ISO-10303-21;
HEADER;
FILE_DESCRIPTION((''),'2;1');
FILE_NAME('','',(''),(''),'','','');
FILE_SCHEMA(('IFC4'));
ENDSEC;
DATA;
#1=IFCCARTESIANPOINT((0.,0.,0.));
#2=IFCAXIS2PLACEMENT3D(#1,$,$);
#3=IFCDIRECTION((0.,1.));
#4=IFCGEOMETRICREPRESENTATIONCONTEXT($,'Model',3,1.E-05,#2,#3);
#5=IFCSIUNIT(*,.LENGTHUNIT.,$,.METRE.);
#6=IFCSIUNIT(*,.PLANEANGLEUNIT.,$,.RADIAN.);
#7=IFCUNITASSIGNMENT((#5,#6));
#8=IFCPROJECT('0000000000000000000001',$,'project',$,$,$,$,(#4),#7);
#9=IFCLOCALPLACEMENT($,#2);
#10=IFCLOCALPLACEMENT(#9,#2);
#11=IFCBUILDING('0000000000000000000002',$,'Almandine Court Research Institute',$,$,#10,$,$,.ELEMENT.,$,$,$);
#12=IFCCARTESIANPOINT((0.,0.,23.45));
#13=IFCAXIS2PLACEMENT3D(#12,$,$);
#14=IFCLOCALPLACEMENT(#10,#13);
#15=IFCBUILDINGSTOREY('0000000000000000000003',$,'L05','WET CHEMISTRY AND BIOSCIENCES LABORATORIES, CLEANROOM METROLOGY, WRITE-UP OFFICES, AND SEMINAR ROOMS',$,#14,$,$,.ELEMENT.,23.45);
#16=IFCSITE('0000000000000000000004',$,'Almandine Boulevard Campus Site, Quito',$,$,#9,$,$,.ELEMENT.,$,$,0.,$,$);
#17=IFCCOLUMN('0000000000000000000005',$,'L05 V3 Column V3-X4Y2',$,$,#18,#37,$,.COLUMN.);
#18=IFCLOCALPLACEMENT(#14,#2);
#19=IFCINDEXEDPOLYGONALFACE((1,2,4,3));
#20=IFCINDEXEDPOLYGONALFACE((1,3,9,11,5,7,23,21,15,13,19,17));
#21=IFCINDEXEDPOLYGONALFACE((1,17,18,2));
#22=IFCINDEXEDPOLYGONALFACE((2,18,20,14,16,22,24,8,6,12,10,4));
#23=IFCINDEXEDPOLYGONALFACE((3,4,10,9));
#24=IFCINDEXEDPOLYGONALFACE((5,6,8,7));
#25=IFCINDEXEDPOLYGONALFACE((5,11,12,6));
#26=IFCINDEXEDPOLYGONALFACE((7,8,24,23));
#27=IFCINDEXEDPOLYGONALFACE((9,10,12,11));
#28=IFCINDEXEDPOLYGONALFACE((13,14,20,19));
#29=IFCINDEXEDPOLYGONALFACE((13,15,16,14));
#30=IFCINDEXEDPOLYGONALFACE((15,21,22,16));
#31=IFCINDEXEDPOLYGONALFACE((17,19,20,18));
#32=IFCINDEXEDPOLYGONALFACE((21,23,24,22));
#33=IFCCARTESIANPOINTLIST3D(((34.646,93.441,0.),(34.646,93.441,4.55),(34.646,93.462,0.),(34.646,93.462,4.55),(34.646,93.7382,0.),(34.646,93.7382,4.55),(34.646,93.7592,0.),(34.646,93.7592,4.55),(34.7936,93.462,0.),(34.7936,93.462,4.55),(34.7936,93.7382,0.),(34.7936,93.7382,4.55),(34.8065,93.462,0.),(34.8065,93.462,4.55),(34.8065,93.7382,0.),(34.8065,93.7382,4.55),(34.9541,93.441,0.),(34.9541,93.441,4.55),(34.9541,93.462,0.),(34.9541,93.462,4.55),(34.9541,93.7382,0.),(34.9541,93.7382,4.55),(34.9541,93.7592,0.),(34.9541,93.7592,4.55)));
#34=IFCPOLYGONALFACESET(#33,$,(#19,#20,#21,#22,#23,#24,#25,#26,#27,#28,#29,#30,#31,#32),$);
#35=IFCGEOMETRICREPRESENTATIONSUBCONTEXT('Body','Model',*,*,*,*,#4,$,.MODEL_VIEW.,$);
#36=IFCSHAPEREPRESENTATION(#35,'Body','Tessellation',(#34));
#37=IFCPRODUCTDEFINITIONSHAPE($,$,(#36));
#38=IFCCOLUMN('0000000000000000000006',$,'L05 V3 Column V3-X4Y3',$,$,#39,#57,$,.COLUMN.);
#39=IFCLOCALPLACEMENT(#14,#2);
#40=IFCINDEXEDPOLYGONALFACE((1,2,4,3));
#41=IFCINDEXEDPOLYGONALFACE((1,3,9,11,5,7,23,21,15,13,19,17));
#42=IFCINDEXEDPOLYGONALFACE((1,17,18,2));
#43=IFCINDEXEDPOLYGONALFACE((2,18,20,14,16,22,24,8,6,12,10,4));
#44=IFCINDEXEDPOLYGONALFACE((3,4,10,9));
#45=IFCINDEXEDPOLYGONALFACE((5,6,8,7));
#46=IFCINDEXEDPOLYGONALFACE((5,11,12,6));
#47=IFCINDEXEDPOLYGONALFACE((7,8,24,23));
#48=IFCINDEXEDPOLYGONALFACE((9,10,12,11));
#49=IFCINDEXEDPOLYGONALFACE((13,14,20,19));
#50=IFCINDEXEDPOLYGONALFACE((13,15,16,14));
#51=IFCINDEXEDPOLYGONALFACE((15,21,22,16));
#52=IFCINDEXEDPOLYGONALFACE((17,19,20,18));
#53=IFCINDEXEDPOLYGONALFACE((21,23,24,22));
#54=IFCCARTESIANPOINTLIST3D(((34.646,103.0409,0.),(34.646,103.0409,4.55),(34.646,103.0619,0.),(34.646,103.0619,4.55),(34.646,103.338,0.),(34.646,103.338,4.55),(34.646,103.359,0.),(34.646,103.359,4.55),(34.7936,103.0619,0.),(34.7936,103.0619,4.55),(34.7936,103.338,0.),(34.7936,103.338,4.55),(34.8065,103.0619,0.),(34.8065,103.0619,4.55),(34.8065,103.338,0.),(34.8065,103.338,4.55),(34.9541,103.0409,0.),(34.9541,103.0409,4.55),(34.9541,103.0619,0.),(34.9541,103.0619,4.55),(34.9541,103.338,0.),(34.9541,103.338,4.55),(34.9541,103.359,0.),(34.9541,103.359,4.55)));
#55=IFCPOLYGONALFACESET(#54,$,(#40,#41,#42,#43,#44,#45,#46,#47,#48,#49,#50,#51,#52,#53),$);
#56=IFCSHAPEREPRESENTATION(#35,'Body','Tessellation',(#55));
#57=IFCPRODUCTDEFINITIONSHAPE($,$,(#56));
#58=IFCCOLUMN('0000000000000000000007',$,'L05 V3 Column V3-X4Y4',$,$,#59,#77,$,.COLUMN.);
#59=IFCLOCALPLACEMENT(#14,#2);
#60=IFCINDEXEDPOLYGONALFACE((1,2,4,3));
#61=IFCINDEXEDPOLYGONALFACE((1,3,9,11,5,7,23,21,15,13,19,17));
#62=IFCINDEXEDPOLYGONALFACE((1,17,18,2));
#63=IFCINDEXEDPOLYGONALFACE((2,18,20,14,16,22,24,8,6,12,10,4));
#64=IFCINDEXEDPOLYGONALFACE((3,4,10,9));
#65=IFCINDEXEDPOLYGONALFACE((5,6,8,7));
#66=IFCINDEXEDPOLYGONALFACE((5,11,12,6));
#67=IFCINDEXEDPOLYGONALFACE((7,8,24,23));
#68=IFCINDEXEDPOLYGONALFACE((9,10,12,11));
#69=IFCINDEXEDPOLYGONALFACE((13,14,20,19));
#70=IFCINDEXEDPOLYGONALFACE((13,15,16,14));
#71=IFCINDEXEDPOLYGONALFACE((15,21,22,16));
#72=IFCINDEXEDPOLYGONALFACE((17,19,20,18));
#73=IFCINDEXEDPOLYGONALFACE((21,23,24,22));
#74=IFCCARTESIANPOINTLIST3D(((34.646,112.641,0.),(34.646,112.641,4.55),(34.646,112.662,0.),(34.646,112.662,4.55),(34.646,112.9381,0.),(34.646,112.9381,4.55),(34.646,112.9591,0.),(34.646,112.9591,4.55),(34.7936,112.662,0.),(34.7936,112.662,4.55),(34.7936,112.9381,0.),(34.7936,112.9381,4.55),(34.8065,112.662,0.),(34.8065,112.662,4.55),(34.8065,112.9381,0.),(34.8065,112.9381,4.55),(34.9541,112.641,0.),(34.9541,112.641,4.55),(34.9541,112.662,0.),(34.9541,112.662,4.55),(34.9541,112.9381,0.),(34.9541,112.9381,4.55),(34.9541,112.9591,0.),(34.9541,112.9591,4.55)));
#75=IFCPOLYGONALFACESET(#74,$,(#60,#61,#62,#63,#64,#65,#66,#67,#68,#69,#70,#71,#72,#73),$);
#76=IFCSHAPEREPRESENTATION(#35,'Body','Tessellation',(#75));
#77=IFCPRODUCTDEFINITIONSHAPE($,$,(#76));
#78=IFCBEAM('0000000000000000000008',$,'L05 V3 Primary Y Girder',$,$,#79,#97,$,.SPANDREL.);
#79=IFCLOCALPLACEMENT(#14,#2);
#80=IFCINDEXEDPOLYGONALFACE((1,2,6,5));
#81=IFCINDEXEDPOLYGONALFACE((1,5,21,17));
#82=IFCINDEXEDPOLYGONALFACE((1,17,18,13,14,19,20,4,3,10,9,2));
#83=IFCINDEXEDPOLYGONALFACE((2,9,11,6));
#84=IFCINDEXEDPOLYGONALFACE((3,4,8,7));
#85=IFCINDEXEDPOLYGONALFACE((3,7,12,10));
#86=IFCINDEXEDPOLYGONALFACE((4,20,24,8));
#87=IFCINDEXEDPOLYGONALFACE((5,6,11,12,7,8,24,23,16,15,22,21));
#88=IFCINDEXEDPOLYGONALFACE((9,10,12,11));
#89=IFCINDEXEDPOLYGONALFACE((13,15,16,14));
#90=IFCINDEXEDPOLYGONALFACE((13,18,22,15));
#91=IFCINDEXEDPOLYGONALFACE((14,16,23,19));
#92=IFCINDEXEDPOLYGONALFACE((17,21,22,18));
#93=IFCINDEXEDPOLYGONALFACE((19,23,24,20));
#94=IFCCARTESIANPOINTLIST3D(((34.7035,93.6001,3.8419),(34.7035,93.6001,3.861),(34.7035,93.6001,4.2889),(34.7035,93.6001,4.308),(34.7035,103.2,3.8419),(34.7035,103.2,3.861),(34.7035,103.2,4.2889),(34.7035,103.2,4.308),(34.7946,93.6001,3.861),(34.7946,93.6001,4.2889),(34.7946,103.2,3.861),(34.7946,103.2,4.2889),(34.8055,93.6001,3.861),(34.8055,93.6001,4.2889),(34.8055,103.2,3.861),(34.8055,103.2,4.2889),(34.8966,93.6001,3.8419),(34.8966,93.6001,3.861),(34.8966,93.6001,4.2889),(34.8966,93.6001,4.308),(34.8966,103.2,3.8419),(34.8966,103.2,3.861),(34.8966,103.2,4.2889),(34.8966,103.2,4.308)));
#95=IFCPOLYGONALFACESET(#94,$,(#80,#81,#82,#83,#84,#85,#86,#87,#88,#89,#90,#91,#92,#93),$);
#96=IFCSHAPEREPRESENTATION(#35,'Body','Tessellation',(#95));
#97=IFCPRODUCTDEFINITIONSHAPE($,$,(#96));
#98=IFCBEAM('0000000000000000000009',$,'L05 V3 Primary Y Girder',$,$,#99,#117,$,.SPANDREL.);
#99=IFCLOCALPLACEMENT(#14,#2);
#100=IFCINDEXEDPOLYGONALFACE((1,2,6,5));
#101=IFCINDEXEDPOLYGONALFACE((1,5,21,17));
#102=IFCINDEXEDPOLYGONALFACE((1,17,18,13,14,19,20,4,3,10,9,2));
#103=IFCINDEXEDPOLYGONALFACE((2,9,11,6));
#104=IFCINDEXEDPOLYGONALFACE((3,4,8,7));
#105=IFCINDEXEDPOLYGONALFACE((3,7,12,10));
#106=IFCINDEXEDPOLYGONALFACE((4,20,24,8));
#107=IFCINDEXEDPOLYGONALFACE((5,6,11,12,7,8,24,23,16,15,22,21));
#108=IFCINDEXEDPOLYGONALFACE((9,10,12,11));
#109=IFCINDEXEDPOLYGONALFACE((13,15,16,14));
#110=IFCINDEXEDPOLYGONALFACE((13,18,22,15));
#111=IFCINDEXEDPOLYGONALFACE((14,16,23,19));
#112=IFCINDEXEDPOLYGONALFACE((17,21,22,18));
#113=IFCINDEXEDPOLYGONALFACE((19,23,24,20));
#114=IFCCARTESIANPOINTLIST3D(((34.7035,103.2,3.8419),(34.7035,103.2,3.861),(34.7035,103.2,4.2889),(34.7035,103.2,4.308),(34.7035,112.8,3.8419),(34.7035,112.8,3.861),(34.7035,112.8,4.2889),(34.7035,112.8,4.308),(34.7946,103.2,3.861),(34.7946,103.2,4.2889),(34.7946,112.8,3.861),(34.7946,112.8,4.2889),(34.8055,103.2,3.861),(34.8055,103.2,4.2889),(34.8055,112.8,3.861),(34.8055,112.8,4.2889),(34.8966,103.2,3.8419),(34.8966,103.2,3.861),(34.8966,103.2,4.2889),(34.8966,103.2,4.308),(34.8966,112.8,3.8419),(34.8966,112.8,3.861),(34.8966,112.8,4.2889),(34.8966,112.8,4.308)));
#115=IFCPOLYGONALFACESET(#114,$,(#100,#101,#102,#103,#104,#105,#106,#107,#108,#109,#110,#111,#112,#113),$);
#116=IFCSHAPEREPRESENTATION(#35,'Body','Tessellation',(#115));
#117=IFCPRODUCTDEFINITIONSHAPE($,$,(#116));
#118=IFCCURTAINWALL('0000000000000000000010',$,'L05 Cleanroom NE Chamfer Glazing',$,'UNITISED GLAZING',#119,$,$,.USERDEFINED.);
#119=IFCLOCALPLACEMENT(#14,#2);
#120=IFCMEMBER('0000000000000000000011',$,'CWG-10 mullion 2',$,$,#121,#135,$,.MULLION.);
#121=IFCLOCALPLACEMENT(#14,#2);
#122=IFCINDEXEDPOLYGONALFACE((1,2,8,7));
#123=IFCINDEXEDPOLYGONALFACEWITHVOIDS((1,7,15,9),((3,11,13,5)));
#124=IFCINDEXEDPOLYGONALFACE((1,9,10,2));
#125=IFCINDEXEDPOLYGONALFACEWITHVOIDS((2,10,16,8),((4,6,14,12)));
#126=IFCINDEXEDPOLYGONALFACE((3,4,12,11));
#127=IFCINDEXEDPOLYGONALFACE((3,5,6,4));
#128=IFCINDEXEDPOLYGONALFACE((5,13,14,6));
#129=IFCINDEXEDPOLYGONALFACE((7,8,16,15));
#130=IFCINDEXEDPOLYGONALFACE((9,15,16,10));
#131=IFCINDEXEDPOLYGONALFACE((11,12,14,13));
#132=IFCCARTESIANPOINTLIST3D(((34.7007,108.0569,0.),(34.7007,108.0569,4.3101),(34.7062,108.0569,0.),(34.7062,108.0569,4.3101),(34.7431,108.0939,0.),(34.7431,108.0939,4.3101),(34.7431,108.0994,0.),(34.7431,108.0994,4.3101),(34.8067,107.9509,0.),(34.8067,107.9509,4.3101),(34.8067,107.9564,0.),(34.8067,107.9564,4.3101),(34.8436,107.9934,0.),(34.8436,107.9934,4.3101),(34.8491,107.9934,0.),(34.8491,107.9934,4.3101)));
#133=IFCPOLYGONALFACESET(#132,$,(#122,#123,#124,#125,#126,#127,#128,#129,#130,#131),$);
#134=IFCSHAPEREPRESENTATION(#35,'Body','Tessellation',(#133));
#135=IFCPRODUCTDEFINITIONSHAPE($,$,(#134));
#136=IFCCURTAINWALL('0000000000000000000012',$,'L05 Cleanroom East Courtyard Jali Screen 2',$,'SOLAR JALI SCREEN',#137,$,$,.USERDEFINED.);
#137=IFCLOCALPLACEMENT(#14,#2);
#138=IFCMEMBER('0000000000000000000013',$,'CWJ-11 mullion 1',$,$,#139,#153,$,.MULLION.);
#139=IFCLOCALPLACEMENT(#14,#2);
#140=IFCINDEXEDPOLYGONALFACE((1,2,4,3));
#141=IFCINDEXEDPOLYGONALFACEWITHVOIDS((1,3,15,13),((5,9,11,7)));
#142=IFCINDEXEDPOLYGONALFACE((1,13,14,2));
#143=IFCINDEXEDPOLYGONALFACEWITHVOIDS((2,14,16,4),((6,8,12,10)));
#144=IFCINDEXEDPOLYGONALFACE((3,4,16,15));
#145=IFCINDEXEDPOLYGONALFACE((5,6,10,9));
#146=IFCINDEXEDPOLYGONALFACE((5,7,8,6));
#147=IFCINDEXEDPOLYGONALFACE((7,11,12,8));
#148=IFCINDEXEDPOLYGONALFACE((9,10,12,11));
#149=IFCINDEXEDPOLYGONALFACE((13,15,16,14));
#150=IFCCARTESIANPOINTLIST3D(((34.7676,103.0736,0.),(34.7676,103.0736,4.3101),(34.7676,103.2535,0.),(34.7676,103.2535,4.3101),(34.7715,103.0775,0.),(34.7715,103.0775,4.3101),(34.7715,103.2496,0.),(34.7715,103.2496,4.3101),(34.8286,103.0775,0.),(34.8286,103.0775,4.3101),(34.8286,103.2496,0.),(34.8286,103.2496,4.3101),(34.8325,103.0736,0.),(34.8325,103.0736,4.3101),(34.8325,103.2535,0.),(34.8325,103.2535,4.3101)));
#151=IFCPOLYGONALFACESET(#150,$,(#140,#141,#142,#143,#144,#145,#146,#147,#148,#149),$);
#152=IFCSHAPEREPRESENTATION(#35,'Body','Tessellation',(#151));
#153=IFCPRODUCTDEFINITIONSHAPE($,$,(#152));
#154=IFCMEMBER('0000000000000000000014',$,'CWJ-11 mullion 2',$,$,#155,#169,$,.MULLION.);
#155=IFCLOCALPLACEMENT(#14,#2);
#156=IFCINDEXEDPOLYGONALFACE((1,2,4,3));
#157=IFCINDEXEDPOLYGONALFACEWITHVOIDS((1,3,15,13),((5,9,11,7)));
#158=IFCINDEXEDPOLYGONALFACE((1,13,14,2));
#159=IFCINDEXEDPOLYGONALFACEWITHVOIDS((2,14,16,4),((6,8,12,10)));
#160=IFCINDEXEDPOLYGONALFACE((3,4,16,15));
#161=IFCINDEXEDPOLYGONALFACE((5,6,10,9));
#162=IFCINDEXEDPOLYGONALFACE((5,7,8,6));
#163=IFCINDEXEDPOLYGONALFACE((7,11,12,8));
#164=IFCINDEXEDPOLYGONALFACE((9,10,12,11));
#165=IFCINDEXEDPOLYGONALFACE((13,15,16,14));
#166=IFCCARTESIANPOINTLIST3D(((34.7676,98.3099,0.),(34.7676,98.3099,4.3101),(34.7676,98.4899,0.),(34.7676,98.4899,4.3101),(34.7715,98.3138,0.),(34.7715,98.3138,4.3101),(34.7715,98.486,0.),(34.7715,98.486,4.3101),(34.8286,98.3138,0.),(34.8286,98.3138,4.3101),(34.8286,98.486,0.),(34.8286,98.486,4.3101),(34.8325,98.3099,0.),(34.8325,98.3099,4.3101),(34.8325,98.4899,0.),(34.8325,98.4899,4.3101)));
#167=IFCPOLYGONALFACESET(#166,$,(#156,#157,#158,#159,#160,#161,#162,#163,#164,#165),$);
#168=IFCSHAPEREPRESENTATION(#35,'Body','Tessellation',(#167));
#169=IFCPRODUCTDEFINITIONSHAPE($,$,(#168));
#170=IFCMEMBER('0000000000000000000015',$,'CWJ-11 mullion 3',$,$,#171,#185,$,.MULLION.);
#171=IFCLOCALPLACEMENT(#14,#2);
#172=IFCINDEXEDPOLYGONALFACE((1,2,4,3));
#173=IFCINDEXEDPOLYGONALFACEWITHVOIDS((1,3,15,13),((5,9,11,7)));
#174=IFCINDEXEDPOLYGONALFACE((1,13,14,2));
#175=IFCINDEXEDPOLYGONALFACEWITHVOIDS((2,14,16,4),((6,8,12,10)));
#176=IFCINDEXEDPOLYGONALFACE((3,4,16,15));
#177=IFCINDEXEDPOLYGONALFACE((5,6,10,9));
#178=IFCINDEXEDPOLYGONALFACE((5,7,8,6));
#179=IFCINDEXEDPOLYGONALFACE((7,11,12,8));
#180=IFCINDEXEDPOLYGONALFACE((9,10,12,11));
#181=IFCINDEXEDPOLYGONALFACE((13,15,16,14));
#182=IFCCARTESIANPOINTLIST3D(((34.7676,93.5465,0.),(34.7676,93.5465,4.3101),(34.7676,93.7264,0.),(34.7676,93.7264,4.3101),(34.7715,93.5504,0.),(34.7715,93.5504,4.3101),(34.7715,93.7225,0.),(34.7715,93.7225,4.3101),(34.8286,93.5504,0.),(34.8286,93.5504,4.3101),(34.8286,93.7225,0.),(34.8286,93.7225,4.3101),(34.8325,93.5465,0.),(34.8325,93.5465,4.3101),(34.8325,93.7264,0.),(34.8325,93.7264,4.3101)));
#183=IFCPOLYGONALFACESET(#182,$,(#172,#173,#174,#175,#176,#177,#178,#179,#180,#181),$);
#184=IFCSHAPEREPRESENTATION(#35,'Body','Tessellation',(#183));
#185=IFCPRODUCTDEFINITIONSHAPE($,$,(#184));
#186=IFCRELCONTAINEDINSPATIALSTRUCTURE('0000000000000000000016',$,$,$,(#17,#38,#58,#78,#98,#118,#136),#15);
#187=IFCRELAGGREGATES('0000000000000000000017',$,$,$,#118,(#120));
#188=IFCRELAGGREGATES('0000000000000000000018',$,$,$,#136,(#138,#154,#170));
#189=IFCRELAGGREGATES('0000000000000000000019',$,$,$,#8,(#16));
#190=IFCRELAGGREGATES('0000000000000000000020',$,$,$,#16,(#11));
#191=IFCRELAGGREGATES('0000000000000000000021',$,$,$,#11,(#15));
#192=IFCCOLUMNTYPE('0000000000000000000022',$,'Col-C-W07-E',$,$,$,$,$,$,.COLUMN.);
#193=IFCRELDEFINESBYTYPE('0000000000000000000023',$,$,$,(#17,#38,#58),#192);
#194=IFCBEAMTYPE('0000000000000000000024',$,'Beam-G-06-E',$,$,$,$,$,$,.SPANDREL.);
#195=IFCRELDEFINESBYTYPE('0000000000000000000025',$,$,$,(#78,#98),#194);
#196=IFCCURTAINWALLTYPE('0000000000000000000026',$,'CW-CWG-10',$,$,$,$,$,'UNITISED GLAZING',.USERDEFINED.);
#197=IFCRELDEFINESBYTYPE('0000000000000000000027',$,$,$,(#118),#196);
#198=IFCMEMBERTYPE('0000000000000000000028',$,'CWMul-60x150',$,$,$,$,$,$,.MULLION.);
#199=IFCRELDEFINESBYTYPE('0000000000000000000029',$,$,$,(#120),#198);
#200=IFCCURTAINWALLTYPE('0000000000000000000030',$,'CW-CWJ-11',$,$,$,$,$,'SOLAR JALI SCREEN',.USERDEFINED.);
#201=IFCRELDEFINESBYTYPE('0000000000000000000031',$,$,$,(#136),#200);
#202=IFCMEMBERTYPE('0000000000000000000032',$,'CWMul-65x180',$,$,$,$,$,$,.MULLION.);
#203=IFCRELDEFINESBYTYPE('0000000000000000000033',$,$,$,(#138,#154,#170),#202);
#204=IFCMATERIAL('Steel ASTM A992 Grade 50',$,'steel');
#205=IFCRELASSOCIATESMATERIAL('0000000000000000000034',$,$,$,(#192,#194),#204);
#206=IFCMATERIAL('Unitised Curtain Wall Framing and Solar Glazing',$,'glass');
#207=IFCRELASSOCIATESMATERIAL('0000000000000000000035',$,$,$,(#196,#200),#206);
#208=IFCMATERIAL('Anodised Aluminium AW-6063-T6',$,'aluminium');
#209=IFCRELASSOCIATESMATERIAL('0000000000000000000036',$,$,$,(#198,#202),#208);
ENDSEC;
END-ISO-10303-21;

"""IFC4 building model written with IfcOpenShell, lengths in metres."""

from ifc_helpers import new_model, si_unit, direction, frame, origin, origin_2d, place, context, subcontext, project, spatial, hollow_rectangle, i_section, extrude, material, material_profile, profile_set, type_object, element, aggregate, save


model = new_model("IFC4")

# Units and contexts
model_context = context("Model", 3, precision=1e-05, world=origin(), true_north=direction((0.0, 1.0)))
body_context = subcontext(model_context, "Body", "Model", "MODEL_VIEW")
ifc_project = project(units=[si_unit("LENGTHUNIT", "METRE"), si_unit("PLANEANGLEUNIT", "RADIAN")], contexts=[model_context])

# Site, building, storey
site_placement = place(None, origin())
site = spatial("IfcSite", under=ifc_project, at=site_placement, Name="Almandine Boulevard Campus Site, Quito", CompositionType="ELEMENT", RefElevation=0.0)
building_placement = place(site_placement, origin())
building = spatial("IfcBuilding", under=site, at=building_placement, Name="Almandine Court Research Institute", CompositionType="ELEMENT")
storey_placement = place(building_placement, frame((0.0, 0.0, 23.45)))
storey = spatial("IfcBuildingStorey", under=building, at=storey_placement, Name="L05", Description="WET CHEMISTRY AND BIOSCIENCES LABORATORIES, CLEANROOM METROLOGY, WRITE-UP OFFICES, AND SEMINAR ROOMS", CompositionType="ELEMENT", Elevation=23.45)

# Columns
ifc_material_1 = material(Name="Steel ASTM A992 Grade 50", Category="steel")
ifc_material_profile_1 = material_profile(ifc_material_1, i_section(OverallWidth=0.3081, OverallDepth=0.3181, WebThickness=0.0129, FlangeThickness=0.021, at=origin_2d()), Name="W310x129")
ifc_profile_set_1 = profile_set([ifc_material_profile_1], Name="Steel ASTM A992 Grade 50")
column_type = type_object("IfcColumnType", Name="Col-C-W07-E", PredefinedType="COLUMN", material=ifc_profile_set_1)
for number, where, z_axis, x_axis, name in (
    (1, (34.8, 93.6001, 0.0), (0.0, 0.0, 1.0), (1.0, 0.0, 0.0), "L05 V3 Column V3-X4Y2"),
    (2, (34.8, 103.2, 0.0), (0.0, 0.0, 1.0), (1.0, 0.0, 0.0), "L05 V3 Column V3-X4Y3"),
    (3, (34.8, 112.8, 0.0), (0.0, 0.0, 1.0), (1.0, 0.0, 0.0), "L05 V3 Column V3-X4Y4"),
):
    element("IfcColumn", number, at=place(storey_placement, frame(where, z_axis=z_axis, x_axis=x_axis)), inside=storey, type_object=column_type, Name=name, PredefinedType="COLUMN", context=body_context, shape_type="SweptSolid", body=[
        extrude(i_section(OverallWidth=0.3081, OverallDepth=0.3181, WebThickness=0.0129, FlangeThickness=0.021, at=origin_2d()), origin(), (0.0, 0.0, 1.0), 4.55),
    ])

# Beams
ifc_material_profile_2 = material_profile(ifc_material_1, i_section(OverallWidth=0.1931, OverallDepth=0.4661, WebThickness=0.011, FlangeThickness=0.019, at=origin_2d()), Name="W460x97")
ifc_profile_set_2 = profile_set([ifc_material_profile_2], Name="Steel ASTM A992 Grade 50")
beam_type = type_object("IfcBeamType", Name="Beam-G-06-E", PredefinedType="SPANDREL", material=ifc_profile_set_2)
beam_1_placement = place(storey_placement, frame((34.8, 93.6001, 4.075), z_axis=(0.0, 1.0, 0.0), x_axis=(-1.0, 0.0, 0.0)))
element("IfcBeam", 4, at=beam_1_placement, inside=storey, type_object=beam_type, Name="L05 V3 Primary Y Girder", PredefinedType="SPANDREL", context=body_context, shape_type="SweptSolid", body=[
    extrude(i_section(OverallWidth=0.1931, OverallDepth=0.4661, WebThickness=0.011, FlangeThickness=0.019, at=origin_2d()), origin(), (0.0, 0.0, 1.0), 9.5999),
])
beam_2_placement = place(storey_placement, frame((34.8, 103.2, 4.075), z_axis=(0.0, 1.0, 0.0), x_axis=(-1.0, 0.0, 0.0)))
element("IfcBeam", 5, at=beam_2_placement, inside=storey, type_object=beam_type, Name="L05 V3 Primary Y Girder", PredefinedType="SPANDREL", context=body_context, shape_type="SweptSolid", body=[
    extrude(i_section(OverallWidth=0.1931, OverallDepth=0.4661, WebThickness=0.011, FlangeThickness=0.019, at=origin_2d()), origin(), (0.0, 0.0, 1.0), 9.6001),
])

# Curtain wall, member
ifc_material_2 = material(Name="Unitised Curtain Wall Framing and Solar Glazing", Category="glass")
curtain_wall_type_1 = type_object("IfcCurtainWallType", Name="CW-CWG-10", ElementType="UNITISED GLAZING", PredefinedType="USERDEFINED", material=ifc_material_2)
curtain_wall_1_placement = place(storey_placement, origin())
curtain_wall_1 = element("IfcCurtainWall", 6, at=curtain_wall_1_placement, inside=storey, type_object=curtain_wall_type_1, Name="L05 Cleanroom NE Chamfer Glazing", ObjectType="UNITISED GLAZING", PredefinedType="USERDEFINED")
ifc_material_3 = material(Name="Anodised Aluminium AW-6063-T6", Category="aluminium")
ifc_material_profile_3 = material_profile(ifc_material_3, hollow_rectangle(XDim=0.0601, YDim=0.1499, WallThickness=0.0039, at=origin_2d()), Name="ALU RHS 60x150x4")
ifc_profile_set_3 = profile_set([ifc_material_profile_3], Name="Anodised Aluminium AW-6063-T6")
member_type_1 = type_object("IfcMemberType", Name="CWMul-60x150", PredefinedType="MULLION", material=ifc_profile_set_3)
member_1_placement = place(storey_placement, frame((34.7749, 108.0251, 0.0), z_axis=(0.0, 0.0, 1.0), x_axis=(0.707107, 0.707107, 0.0)))
member_1 = element("IfcMember", 7, at=member_1_placement, type_object=member_type_1, Name="CWG-10 mullion 2", PredefinedType="MULLION", context=body_context, shape_type="SweptSolid", body=[
    extrude(hollow_rectangle(XDim=0.0601, YDim=0.1499, WallThickness=0.0039, at=origin_2d()), origin(), (0.0, 0.0, 1.0), 4.3101),
])

# Curtain wall, members
curtain_wall_type_2 = type_object("IfcCurtainWallType", Name="CW-CWJ-11", ElementType="SOLAR JALI SCREEN", PredefinedType="USERDEFINED", material=ifc_material_2)
curtain_wall_2_placement = place(storey_placement, origin())
curtain_wall_2 = element("IfcCurtainWall", 8, at=curtain_wall_2_placement, inside=storey, type_object=curtain_wall_type_2, Name="L05 Cleanroom East Courtyard Jali Screen 2", ObjectType="SOLAR JALI SCREEN", PredefinedType="USERDEFINED")
ifc_material_profile_4 = material_profile(ifc_material_3, hollow_rectangle(XDim=0.0649, YDim=0.1799, WallThickness=0.0039, at=origin_2d()), Name="ALU RHS 65x180x4")
ifc_profile_set_4 = profile_set([ifc_material_profile_4], Name="Anodised Aluminium AW-6063-T6")
member_type_2 = type_object("IfcMemberType", Name="CWMul-65x180", PredefinedType="MULLION", material=ifc_profile_set_4)
member_2_placement = place(storey_placement, frame((34.8, 103.1636, 0.0), z_axis=(0.0, 0.0, 1.0), x_axis=(1.0, 0.0, 0.0)))
member_2 = element("IfcMember", 9, at=member_2_placement, type_object=member_type_2, Name="CWJ-11 mullion 1", PredefinedType="MULLION", context=body_context, shape_type="SweptSolid", body=[
    extrude(hollow_rectangle(XDim=0.0649, YDim=0.1799, WallThickness=0.0039, at=origin_2d()), origin(), (0.0, 0.0, 1.0), 4.3101),
])
member_3_placement = place(storey_placement, frame((34.8, 98.3999, 0.0), z_axis=(0.0, 0.0, 1.0), x_axis=(1.0, 0.0, 0.0)))
member_3 = element("IfcMember", 10, at=member_3_placement, type_object=member_type_2, Name="CWJ-11 mullion 2", PredefinedType="MULLION", context=body_context, shape_type="SweptSolid", body=[
    extrude(hollow_rectangle(XDim=0.0649, YDim=0.1799, WallThickness=0.0039, at=origin_2d()), origin(), (0.0, 0.0, 1.0), 4.3101),
])
member_4_placement = place(storey_placement, frame((34.8, 93.6365, 0.0), z_axis=(0.0, 0.0, 1.0), x_axis=(1.0, 0.0, 0.0)))
member_4 = element("IfcMember", 11, at=member_4_placement, type_object=member_type_2, Name="CWJ-11 mullion 3", PredefinedType="MULLION", context=body_context, shape_type="SweptSolid", body=[
    extrude(hollow_rectangle(XDim=0.0649, YDim=0.1799, WallThickness=0.0039, at=origin_2d()), origin(), (0.0, 0.0, 1.0), 4.3101),
])

aggregate(curtain_wall_1, [member_1])
aggregate(curtain_wall_2, [member_2, member_3, member_4])

save(model, "model.ifc")
